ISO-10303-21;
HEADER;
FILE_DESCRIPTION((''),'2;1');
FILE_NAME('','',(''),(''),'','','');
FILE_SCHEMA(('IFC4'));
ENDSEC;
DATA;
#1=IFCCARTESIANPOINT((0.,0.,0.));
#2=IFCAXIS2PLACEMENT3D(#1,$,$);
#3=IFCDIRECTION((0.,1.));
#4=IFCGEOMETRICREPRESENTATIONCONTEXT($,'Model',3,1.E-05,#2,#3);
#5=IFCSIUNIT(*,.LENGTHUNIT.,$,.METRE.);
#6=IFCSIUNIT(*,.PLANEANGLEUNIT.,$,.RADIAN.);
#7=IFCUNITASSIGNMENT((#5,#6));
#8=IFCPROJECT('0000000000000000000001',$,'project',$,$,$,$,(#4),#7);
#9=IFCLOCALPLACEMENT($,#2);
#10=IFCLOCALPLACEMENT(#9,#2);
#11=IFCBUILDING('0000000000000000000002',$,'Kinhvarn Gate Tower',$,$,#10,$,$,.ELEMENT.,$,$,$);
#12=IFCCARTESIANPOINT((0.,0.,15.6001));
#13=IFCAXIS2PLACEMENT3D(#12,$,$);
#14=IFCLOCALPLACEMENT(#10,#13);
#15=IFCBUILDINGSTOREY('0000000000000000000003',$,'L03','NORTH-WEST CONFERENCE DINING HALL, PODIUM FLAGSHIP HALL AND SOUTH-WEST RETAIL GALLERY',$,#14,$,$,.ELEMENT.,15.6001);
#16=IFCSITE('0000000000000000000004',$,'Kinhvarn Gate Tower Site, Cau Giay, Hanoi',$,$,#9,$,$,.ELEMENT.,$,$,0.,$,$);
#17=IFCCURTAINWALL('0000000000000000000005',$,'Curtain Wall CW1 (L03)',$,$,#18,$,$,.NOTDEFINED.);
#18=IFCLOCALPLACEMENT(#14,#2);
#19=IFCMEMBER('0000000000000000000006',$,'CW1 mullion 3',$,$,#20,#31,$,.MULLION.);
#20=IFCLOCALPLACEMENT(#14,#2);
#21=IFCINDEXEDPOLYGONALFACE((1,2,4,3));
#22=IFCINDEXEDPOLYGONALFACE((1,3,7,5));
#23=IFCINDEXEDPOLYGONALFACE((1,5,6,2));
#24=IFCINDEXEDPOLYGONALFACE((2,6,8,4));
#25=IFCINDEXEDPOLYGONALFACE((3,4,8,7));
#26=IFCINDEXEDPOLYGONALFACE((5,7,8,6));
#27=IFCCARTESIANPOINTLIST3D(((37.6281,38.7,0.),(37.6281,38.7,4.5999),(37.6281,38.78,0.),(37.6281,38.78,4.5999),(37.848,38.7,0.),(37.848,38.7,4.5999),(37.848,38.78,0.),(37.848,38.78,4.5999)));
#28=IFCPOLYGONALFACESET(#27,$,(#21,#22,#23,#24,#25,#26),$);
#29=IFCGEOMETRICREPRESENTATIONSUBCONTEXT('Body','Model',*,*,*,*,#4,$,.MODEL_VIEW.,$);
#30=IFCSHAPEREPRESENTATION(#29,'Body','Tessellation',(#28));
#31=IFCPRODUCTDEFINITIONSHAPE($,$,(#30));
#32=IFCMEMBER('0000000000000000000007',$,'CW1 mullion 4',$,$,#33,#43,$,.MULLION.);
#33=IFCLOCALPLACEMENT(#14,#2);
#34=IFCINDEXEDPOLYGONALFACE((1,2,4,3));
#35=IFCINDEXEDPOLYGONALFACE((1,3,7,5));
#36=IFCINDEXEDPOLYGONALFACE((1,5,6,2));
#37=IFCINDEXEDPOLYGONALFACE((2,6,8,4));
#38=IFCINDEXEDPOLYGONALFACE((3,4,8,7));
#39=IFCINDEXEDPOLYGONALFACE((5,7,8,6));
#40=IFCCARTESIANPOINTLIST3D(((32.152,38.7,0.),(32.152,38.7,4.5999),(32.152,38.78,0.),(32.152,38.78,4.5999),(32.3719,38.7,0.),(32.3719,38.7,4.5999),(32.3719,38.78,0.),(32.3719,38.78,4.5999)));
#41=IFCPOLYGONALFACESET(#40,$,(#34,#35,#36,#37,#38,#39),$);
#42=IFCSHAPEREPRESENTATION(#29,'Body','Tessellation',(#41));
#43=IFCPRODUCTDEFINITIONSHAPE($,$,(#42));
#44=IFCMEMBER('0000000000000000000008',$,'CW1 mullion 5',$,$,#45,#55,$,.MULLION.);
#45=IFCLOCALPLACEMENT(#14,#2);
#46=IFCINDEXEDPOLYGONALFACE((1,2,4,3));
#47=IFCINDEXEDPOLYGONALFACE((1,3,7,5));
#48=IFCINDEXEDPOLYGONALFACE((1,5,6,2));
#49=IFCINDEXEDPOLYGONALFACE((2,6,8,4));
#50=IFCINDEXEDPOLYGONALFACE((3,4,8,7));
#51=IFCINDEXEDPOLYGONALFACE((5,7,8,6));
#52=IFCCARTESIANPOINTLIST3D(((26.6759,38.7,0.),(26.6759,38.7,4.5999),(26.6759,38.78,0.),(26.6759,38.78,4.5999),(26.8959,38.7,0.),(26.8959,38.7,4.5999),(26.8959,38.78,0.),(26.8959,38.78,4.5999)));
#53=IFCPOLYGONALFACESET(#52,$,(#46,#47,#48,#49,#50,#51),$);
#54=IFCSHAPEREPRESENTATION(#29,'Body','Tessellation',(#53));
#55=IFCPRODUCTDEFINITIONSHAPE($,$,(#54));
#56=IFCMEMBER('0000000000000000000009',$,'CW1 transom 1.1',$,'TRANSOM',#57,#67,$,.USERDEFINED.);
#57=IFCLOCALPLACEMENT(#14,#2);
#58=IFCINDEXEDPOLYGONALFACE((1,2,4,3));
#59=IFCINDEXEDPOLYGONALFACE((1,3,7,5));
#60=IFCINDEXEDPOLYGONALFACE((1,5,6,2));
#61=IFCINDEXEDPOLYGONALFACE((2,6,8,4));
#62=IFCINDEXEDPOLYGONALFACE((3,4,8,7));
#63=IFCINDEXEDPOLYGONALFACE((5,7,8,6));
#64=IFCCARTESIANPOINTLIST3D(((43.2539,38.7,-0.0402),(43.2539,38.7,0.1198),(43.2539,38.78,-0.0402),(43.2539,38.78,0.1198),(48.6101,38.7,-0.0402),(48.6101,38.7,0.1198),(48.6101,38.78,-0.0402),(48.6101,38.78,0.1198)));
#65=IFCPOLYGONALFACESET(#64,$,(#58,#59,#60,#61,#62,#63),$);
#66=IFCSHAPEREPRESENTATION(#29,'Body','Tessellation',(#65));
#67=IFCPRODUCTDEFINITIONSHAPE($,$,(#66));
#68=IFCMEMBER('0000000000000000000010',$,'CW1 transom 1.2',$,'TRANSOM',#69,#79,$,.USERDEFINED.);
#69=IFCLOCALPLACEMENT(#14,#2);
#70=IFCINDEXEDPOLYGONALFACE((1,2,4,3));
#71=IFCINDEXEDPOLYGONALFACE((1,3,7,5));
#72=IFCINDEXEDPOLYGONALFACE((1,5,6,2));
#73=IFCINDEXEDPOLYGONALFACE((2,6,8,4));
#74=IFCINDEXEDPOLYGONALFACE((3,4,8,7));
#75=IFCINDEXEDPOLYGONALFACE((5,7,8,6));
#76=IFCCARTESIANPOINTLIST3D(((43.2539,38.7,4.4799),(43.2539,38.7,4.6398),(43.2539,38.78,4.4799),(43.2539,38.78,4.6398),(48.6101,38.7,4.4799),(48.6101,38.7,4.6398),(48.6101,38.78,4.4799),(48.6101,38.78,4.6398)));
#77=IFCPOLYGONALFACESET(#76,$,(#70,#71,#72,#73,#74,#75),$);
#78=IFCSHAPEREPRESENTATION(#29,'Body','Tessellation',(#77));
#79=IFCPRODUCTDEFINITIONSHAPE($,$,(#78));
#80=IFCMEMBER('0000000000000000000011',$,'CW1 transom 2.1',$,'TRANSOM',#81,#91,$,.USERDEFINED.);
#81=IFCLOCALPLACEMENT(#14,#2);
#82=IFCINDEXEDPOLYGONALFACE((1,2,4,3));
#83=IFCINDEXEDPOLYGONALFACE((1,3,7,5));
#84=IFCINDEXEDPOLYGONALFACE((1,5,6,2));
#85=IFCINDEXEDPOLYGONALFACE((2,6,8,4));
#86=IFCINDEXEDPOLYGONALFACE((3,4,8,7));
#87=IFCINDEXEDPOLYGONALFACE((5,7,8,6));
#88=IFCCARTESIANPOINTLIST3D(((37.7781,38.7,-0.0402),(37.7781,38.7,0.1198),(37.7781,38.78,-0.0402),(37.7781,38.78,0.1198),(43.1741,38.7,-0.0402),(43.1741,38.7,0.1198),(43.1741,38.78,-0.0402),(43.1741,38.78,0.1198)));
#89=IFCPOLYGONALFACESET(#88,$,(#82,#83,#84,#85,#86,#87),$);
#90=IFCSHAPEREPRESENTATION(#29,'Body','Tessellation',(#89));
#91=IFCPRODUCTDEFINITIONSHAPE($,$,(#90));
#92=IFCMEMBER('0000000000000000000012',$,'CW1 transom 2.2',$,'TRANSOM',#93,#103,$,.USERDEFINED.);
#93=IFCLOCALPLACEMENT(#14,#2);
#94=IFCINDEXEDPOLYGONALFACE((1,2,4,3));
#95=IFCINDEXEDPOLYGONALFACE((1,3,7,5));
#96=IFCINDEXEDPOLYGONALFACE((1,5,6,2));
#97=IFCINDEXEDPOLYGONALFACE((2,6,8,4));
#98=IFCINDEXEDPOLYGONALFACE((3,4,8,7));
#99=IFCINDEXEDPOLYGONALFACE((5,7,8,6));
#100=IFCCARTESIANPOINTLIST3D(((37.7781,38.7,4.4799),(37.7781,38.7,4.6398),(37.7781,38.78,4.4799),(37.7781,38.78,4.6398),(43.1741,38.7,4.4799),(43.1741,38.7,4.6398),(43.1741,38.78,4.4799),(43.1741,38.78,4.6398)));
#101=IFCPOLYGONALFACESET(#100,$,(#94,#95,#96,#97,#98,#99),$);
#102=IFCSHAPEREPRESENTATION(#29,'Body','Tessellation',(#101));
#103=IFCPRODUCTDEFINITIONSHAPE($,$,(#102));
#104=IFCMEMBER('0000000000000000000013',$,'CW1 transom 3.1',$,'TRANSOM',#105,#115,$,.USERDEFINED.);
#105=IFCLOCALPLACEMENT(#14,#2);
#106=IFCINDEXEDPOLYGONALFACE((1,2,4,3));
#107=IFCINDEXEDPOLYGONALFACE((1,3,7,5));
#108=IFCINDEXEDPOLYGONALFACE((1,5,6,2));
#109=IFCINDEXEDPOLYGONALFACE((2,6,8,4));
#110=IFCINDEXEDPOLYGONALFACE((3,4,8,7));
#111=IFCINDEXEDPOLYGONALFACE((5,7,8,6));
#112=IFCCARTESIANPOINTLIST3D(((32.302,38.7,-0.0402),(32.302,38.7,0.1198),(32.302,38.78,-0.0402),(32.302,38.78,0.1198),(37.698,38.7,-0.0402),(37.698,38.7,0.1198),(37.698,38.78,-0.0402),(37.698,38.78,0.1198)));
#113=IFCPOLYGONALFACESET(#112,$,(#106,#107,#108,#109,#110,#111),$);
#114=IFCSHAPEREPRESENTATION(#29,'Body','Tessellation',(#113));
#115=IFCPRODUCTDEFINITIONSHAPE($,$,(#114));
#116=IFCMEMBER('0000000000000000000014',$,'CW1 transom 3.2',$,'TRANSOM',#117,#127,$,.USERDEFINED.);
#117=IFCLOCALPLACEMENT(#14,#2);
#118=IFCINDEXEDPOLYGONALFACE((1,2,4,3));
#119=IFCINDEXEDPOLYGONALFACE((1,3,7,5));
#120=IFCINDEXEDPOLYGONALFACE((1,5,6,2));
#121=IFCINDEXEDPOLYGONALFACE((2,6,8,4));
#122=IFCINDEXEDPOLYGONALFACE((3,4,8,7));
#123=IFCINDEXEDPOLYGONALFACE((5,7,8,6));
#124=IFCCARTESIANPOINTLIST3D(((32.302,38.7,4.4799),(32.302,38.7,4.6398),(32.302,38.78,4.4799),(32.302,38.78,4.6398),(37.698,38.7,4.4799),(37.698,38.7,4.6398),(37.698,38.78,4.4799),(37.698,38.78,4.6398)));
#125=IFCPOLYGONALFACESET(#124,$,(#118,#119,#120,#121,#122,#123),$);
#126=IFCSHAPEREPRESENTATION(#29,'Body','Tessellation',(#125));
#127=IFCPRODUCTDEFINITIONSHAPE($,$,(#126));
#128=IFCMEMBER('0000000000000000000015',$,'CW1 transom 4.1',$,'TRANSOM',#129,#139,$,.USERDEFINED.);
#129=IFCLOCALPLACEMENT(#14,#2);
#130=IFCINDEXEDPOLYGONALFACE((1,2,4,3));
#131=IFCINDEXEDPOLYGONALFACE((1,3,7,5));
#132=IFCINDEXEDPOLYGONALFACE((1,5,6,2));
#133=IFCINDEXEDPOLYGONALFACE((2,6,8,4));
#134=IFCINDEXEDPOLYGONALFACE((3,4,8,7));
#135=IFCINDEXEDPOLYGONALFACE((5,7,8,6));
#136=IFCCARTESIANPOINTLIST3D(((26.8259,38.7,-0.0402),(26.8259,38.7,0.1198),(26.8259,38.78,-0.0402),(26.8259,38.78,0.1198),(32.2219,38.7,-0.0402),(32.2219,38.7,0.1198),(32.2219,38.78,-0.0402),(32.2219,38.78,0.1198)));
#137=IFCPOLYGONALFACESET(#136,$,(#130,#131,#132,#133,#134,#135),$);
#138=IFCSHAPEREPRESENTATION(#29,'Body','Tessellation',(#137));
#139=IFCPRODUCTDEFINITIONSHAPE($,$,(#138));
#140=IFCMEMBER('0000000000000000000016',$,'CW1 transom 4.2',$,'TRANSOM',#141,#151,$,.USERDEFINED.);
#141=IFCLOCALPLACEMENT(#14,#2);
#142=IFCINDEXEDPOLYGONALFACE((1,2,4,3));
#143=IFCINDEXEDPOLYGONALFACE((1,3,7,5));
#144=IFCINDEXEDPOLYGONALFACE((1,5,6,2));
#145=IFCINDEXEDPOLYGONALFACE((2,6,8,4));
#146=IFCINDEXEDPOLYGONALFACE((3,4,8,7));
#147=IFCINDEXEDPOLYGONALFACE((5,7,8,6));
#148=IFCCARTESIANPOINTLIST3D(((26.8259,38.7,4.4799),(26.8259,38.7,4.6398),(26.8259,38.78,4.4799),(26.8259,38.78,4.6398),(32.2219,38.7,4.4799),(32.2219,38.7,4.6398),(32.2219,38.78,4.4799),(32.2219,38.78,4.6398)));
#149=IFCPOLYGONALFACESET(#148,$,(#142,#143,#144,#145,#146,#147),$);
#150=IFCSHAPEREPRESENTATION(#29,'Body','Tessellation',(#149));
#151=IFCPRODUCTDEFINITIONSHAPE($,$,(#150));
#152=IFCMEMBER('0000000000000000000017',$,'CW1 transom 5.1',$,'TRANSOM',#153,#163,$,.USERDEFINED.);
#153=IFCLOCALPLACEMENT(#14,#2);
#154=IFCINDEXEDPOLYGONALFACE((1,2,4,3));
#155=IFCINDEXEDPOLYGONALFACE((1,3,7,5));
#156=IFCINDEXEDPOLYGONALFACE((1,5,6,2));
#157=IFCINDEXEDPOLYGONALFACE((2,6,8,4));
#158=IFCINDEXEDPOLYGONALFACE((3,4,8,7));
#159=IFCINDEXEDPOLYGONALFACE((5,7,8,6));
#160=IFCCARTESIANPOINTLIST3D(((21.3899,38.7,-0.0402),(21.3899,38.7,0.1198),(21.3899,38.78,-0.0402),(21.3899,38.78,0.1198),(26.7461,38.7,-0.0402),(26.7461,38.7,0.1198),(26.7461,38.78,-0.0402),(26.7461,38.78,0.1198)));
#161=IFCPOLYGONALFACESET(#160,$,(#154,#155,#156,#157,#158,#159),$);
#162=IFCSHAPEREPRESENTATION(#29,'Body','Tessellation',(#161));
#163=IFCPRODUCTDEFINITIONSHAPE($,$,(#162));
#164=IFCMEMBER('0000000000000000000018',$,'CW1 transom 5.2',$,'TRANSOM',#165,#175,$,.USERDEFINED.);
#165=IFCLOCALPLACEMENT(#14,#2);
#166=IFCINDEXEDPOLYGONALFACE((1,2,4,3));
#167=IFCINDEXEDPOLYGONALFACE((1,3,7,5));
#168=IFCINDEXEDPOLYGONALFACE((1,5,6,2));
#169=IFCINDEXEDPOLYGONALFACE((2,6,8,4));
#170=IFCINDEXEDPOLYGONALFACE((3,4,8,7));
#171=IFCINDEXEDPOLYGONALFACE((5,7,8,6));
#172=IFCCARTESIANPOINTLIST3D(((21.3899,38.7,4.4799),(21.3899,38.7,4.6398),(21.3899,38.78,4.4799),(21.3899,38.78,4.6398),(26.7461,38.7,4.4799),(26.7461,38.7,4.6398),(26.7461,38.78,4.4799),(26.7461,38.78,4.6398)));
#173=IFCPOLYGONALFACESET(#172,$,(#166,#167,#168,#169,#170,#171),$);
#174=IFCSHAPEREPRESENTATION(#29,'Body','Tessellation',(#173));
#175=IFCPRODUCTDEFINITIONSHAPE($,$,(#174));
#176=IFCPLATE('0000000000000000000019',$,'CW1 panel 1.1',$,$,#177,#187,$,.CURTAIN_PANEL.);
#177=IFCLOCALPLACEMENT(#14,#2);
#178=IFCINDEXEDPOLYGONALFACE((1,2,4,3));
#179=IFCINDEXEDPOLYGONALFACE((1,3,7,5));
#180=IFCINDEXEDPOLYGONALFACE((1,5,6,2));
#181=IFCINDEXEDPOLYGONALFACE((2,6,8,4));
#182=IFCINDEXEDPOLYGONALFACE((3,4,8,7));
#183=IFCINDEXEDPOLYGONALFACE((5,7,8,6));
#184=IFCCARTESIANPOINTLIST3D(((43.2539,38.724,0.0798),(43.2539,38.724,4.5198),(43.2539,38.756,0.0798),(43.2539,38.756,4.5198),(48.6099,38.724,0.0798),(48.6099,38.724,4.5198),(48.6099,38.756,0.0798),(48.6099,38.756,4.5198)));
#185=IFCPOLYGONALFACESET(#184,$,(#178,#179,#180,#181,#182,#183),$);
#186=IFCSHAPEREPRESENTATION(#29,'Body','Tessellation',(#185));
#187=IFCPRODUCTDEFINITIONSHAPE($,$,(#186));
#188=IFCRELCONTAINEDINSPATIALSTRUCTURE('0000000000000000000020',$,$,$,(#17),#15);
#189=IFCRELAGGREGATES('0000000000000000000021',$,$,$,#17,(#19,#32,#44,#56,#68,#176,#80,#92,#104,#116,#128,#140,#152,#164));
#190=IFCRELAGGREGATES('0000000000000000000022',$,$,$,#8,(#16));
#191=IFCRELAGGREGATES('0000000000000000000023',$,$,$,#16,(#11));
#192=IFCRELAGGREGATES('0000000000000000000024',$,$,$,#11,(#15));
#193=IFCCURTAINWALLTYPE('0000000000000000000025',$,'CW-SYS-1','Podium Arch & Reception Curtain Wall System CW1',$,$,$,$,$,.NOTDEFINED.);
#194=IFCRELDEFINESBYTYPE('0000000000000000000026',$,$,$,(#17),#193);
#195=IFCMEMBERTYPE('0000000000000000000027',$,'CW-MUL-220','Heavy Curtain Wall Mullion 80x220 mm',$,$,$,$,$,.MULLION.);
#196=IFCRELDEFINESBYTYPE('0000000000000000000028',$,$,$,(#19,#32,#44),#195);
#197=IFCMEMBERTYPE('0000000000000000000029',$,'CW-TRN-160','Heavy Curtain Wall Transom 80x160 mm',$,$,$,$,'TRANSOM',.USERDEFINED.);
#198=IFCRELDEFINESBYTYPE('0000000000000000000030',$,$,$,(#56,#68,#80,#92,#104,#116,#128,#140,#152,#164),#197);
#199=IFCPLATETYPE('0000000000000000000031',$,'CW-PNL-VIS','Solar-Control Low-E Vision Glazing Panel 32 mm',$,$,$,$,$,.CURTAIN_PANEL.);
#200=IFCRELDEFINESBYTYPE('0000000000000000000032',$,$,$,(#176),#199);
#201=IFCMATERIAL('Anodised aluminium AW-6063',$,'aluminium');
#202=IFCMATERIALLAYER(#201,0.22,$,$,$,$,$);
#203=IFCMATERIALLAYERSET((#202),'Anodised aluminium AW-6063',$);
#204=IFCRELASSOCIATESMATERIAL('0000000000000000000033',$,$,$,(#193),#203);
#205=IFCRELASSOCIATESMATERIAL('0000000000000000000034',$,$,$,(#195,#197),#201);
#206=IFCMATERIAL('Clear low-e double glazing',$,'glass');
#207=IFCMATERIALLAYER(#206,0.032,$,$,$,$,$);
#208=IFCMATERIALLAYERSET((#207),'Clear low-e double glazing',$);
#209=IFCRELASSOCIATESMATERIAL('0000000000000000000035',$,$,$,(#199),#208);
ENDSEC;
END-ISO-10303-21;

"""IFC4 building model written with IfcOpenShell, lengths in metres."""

from ifc_helpers import new_model, si_unit, direction, frame, origin, origin_2d, place, context, subcontext, project, spatial, rectangle, extrude, material, layer, layer_set, material_profile, profile_set, type_object, element, aggregate, save


model = new_model("IFC4")

# Units and contexts
model_context = context("Model", 3, precision=1e-05, world=origin(), true_north=direction((0.0, 1.0)))
body_context = subcontext(model_context, "Body", "Model", "MODEL_VIEW")
ifc_project = project(units=[si_unit("LENGTHUNIT", "METRE"), si_unit("PLANEANGLEUNIT", "RADIAN")], contexts=[model_context])

# Site, building, storey
site_placement = place(None, origin())
site = spatial("IfcSite", under=ifc_project, at=site_placement, Name="Kinhvarn Gate Tower Site, Cau Giay, Hanoi", CompositionType="ELEMENT", RefElevation=0.0)
building_placement = place(site_placement, origin())
building = spatial("IfcBuilding", under=site, at=building_placement, Name="Kinhvarn Gate Tower", CompositionType="ELEMENT")
storey_placement = place(building_placement, frame((0.0, 0.0, 15.6001)))
storey = spatial("IfcBuildingStorey", under=building, at=storey_placement, Name="L03", Description="NORTH-WEST CONFERENCE DINING HALL, PODIUM FLAGSHIP HALL AND SOUTH-WEST RETAIL GALLERY", CompositionType="ELEMENT", Elevation=15.6001)

# Shared definitions
ifc_material_1 = material(Name="Anodised aluminium AW-6063", Category="aluminium")
ifc_layer_1 = layer(ifc_material_1, 0.22)
ifc_layer_set_1 = layer_set([ifc_layer_1], Name="Anodised aluminium AW-6063")
curtain_wall_type = type_object("IfcCurtainWallType", Name="CW-SYS-1", Description="Podium Arch & Reception Curtain Wall System CW1", PredefinedType="NOTDEFINED", material=ifc_layer_set_1)
ifc_material_profile_1 = material_profile(ifc_material_1, rectangle(XDim=0.0801, YDim=0.22, at=origin_2d()), Name="ALU 80x220")
ifc_profile_set_1 = profile_set([ifc_material_profile_1], Name="Anodised aluminium AW-6063")
member_type_1 = type_object("IfcMemberType", Name="CW-MUL-220", Description="Heavy Curtain Wall Mullion 80x220 mm", PredefinedType="MULLION", material=ifc_profile_set_1)

# Curtain wall, members, plate
curtain_wall_1_placement = place(storey_placement, origin())
curtain_wall_1 = element("IfcCurtainWall", 1, at=curtain_wall_1_placement, inside=storey, type_object=curtain_wall_type, Name="Curtain Wall CW1 (L03)", PredefinedType="NOTDEFINED")
member_1_placement = place(storey_placement, frame((37.738, 38.74, 0.0), z_axis=(0.0, 0.0, 1.0), x_axis=(0.0, -1.0, 0.0)))
member_1 = element("IfcMember", 2, at=member_1_placement, type_object=member_type_1, Name="CW1 mullion 3", PredefinedType="MULLION", context=body_context, shape_type="SweptSolid", body=[
    extrude(rectangle(XDim=0.0801, YDim=0.22, at=origin_2d()), origin(), (0.0, 0.0, 1.0), 4.5999),
])
member_2_placement = place(storey_placement, frame((32.262, 38.74, 0.0), z_axis=(0.0, 0.0, 1.0), x_axis=(0.0, -1.0, 0.0)))
member_2 = element("IfcMember", 3, at=member_2_placement, type_object=member_type_1, Name="CW1 mullion 4", PredefinedType="MULLION", context=body_context, shape_type="SweptSolid", body=[
    extrude(rectangle(XDim=0.0801, YDim=0.22, at=origin_2d()), origin(), (0.0, 0.0, 1.0), 4.5999),
])
member_3_placement = place(storey_placement, frame((26.7859, 38.74, 0.0), z_axis=(0.0, 0.0, 1.0), x_axis=(0.0, -1.0, 0.0)))
member_3 = element("IfcMember", 4, at=member_3_placement, type_object=member_type_1, Name="CW1 mullion 5", PredefinedType="MULLION", context=body_context, shape_type="SweptSolid", body=[
    extrude(rectangle(XDim=0.0801, YDim=0.22, at=origin_2d()), origin(), (0.0, 0.0, 1.0), 4.5999),
])
ifc_material_profile_2 = material_profile(ifc_material_1, rectangle(XDim=0.0801, YDim=0.1599, at=origin_2d()), Name="ALU 80x160")
ifc_profile_set_2 = profile_set([ifc_material_profile_2], Name="Anodised aluminium AW-6063")
member_type_2 = type_object("IfcMemberType", Name="CW-TRN-160", Description="Heavy Curtain Wall Transom 80x160 mm", ElementType="TRANSOM", PredefinedType="USERDEFINED", material=ifc_profile_set_2)
member_4_placement = place(storey_placement, frame((48.6101, 38.74, 0.0398), z_axis=(-1.0, 0.0, 0.0), x_axis=(0.0, -1.0, 0.0)))
member_4 = element("IfcMember", 5, at=member_4_placement, type_object=member_type_2, Name="CW1 transom 1.1", ObjectType="TRANSOM", PredefinedType="USERDEFINED", context=body_context, shape_type="SweptSolid", body=[
    extrude(rectangle(XDim=0.0801, YDim=0.1599, at=origin_2d()), origin(), (0.0, 0.0, 1.0), 5.3562),
])
member_5_placement = place(storey_placement, frame((48.6101, 38.74, 4.5598), z_axis=(-1.0, 0.0, 0.0), x_axis=(0.0, -1.0, 0.0)))
member_5 = element("IfcMember", 6, at=member_5_placement, type_object=member_type_2, Name="CW1 transom 1.2", ObjectType="TRANSOM", PredefinedType="USERDEFINED", context=body_context, shape_type="SweptSolid", body=[
    extrude(rectangle(XDim=0.0801, YDim=0.1599, at=origin_2d()), origin(), (0.0, 0.0, 1.0), 5.3562),
])
member_6_placement = place(storey_placement, frame((43.1741, 38.74, 0.0398), z_axis=(-1.0, 0.0, 0.0), x_axis=(0.0, -1.0, 0.0)))
member_6 = element("IfcMember", 7, at=member_6_placement, type_object=member_type_2, Name="CW1 transom 2.1", ObjectType="TRANSOM", PredefinedType="USERDEFINED", context=body_context, shape_type="SweptSolid", body=[
    extrude(rectangle(XDim=0.0801, YDim=0.1599, at=origin_2d()), origin(), (0.0, 0.0, 1.0), 5.396),
])
member_7_placement = place(storey_placement, frame((43.1741, 38.74, 4.5598), z_axis=(-1.0, 0.0, 0.0), x_axis=(0.0, -1.0, 0.0)))
member_7 = element("IfcMember", 8, at=member_7_placement, type_object=member_type_2, Name="CW1 transom 2.2", ObjectType="TRANSOM", PredefinedType="USERDEFINED", context=body_context, shape_type="SweptSolid", body=[
    extrude(rectangle(XDim=0.0801, YDim=0.1599, at=origin_2d()), origin(), (0.0, 0.0, 1.0), 5.396),
])
member_8_placement = place(storey_placement, frame((37.698, 38.74, 0.0398), z_axis=(-1.0, 0.0, 0.0), x_axis=(0.0, -1.0, 0.0)))
member_8 = element("IfcMember", 9, at=member_8_placement, type_object=member_type_2, Name="CW1 transom 3.1", ObjectType="TRANSOM", PredefinedType="USERDEFINED", context=body_context, shape_type="SweptSolid", body=[
    extrude(rectangle(XDim=0.0801, YDim=0.1599, at=origin_2d()), origin(), (0.0, 0.0, 1.0), 5.396),
])
member_9_placement = place(storey_placement, frame((37.698, 38.74, 4.5598), z_axis=(-1.0, 0.0, 0.0), x_axis=(0.0, -1.0, 0.0)))
member_9 = element("IfcMember", 10, at=member_9_placement, type_object=member_type_2, Name="CW1 transom 3.2", ObjectType="TRANSOM", PredefinedType="USERDEFINED", context=body_context, shape_type="SweptSolid", body=[
    extrude(rectangle(XDim=0.0801, YDim=0.1599, at=origin_2d()), origin(), (0.0, 0.0, 1.0), 5.396),
])
member_10_placement = place(storey_placement, frame((32.2219, 38.74, 0.0398), z_axis=(-1.0, 0.0, 0.0), x_axis=(0.0, -1.0, 0.0)))
member_10 = element("IfcMember", 11, at=member_10_placement, type_object=member_type_2, Name="CW1 transom 4.1", ObjectType="TRANSOM", PredefinedType="USERDEFINED", context=body_context, shape_type="SweptSolid", body=[
    extrude(rectangle(XDim=0.0801, YDim=0.1599, at=origin_2d()), origin(), (0.0, 0.0, 1.0), 5.396),
])
member_11_placement = place(storey_placement, frame((32.2219, 38.74, 4.5598), z_axis=(-1.0, 0.0, 0.0), x_axis=(0.0, -1.0, 0.0)))
member_11 = element("IfcMember", 12, at=member_11_placement, type_object=member_type_2, Name="CW1 transom 4.2", ObjectType="TRANSOM", PredefinedType="USERDEFINED", context=body_context, shape_type="SweptSolid", body=[
    extrude(rectangle(XDim=0.0801, YDim=0.1599, at=origin_2d()), origin(), (0.0, 0.0, 1.0), 5.396),
])
member_12_placement = place(storey_placement, frame((26.7461, 38.74, 0.0398), z_axis=(-1.0, 0.0, 0.0), x_axis=(0.0, -1.0, 0.0)))
member_12 = element("IfcMember", 13, at=member_12_placement, type_object=member_type_2, Name="CW1 transom 5.1", ObjectType="TRANSOM", PredefinedType="USERDEFINED", context=body_context, shape_type="SweptSolid", body=[
    extrude(rectangle(XDim=0.0801, YDim=0.1599, at=origin_2d()), origin(), (0.0, 0.0, 1.0), 5.3562),
])
member_13_placement = place(storey_placement, frame((26.7461, 38.74, 4.5598), z_axis=(-1.0, 0.0, 0.0), x_axis=(0.0, -1.0, 0.0)))
member_13 = element("IfcMember", 14, at=member_13_placement, type_object=member_type_2, Name="CW1 transom 5.2", ObjectType="TRANSOM", PredefinedType="USERDEFINED", context=body_context, shape_type="SweptSolid", body=[
    extrude(rectangle(XDim=0.0801, YDim=0.1599, at=origin_2d()), origin(), (0.0, 0.0, 1.0), 5.3562),
])
ifc_material_2 = material(Name="Clear low-e double glazing", Category="glass")
ifc_layer_2 = layer(ifc_material_2, 0.032)
ifc_layer_set_2 = layer_set([ifc_layer_2], Name="Clear low-e double glazing")
plate_type = type_object("IfcPlateType", Name="CW-PNL-VIS", Description="Solar-Control Low-E Vision Glazing Panel 32 mm", PredefinedType="CURTAIN_PANEL", material=ifc_layer_set_2)
plate_1_placement = place(storey_placement, frame((45.9319, 38.74, 0.0798), z_axis=(0.0, 0.0, 1.0), x_axis=(-1.0, 0.0, 0.0)))
plate_1 = element("IfcPlate", 15, at=plate_1_placement, type_object=plate_type, Name="CW1 panel 1.1", PredefinedType="CURTAIN_PANEL", context=body_context, shape_type="SweptSolid", body=[
    extrude(rectangle(XDim=5.356, YDim=0.032, at=origin_2d()), origin(), (0.0, 0.0, 1.0), 4.4399),
])
aggregate(curtain_wall_1, [member_1, member_2, member_3, member_4, member_5, plate_1, member_6, member_7, member_8, member_9, member_10, member_11, member_12, member_13])

save(model, "model.ifc")
